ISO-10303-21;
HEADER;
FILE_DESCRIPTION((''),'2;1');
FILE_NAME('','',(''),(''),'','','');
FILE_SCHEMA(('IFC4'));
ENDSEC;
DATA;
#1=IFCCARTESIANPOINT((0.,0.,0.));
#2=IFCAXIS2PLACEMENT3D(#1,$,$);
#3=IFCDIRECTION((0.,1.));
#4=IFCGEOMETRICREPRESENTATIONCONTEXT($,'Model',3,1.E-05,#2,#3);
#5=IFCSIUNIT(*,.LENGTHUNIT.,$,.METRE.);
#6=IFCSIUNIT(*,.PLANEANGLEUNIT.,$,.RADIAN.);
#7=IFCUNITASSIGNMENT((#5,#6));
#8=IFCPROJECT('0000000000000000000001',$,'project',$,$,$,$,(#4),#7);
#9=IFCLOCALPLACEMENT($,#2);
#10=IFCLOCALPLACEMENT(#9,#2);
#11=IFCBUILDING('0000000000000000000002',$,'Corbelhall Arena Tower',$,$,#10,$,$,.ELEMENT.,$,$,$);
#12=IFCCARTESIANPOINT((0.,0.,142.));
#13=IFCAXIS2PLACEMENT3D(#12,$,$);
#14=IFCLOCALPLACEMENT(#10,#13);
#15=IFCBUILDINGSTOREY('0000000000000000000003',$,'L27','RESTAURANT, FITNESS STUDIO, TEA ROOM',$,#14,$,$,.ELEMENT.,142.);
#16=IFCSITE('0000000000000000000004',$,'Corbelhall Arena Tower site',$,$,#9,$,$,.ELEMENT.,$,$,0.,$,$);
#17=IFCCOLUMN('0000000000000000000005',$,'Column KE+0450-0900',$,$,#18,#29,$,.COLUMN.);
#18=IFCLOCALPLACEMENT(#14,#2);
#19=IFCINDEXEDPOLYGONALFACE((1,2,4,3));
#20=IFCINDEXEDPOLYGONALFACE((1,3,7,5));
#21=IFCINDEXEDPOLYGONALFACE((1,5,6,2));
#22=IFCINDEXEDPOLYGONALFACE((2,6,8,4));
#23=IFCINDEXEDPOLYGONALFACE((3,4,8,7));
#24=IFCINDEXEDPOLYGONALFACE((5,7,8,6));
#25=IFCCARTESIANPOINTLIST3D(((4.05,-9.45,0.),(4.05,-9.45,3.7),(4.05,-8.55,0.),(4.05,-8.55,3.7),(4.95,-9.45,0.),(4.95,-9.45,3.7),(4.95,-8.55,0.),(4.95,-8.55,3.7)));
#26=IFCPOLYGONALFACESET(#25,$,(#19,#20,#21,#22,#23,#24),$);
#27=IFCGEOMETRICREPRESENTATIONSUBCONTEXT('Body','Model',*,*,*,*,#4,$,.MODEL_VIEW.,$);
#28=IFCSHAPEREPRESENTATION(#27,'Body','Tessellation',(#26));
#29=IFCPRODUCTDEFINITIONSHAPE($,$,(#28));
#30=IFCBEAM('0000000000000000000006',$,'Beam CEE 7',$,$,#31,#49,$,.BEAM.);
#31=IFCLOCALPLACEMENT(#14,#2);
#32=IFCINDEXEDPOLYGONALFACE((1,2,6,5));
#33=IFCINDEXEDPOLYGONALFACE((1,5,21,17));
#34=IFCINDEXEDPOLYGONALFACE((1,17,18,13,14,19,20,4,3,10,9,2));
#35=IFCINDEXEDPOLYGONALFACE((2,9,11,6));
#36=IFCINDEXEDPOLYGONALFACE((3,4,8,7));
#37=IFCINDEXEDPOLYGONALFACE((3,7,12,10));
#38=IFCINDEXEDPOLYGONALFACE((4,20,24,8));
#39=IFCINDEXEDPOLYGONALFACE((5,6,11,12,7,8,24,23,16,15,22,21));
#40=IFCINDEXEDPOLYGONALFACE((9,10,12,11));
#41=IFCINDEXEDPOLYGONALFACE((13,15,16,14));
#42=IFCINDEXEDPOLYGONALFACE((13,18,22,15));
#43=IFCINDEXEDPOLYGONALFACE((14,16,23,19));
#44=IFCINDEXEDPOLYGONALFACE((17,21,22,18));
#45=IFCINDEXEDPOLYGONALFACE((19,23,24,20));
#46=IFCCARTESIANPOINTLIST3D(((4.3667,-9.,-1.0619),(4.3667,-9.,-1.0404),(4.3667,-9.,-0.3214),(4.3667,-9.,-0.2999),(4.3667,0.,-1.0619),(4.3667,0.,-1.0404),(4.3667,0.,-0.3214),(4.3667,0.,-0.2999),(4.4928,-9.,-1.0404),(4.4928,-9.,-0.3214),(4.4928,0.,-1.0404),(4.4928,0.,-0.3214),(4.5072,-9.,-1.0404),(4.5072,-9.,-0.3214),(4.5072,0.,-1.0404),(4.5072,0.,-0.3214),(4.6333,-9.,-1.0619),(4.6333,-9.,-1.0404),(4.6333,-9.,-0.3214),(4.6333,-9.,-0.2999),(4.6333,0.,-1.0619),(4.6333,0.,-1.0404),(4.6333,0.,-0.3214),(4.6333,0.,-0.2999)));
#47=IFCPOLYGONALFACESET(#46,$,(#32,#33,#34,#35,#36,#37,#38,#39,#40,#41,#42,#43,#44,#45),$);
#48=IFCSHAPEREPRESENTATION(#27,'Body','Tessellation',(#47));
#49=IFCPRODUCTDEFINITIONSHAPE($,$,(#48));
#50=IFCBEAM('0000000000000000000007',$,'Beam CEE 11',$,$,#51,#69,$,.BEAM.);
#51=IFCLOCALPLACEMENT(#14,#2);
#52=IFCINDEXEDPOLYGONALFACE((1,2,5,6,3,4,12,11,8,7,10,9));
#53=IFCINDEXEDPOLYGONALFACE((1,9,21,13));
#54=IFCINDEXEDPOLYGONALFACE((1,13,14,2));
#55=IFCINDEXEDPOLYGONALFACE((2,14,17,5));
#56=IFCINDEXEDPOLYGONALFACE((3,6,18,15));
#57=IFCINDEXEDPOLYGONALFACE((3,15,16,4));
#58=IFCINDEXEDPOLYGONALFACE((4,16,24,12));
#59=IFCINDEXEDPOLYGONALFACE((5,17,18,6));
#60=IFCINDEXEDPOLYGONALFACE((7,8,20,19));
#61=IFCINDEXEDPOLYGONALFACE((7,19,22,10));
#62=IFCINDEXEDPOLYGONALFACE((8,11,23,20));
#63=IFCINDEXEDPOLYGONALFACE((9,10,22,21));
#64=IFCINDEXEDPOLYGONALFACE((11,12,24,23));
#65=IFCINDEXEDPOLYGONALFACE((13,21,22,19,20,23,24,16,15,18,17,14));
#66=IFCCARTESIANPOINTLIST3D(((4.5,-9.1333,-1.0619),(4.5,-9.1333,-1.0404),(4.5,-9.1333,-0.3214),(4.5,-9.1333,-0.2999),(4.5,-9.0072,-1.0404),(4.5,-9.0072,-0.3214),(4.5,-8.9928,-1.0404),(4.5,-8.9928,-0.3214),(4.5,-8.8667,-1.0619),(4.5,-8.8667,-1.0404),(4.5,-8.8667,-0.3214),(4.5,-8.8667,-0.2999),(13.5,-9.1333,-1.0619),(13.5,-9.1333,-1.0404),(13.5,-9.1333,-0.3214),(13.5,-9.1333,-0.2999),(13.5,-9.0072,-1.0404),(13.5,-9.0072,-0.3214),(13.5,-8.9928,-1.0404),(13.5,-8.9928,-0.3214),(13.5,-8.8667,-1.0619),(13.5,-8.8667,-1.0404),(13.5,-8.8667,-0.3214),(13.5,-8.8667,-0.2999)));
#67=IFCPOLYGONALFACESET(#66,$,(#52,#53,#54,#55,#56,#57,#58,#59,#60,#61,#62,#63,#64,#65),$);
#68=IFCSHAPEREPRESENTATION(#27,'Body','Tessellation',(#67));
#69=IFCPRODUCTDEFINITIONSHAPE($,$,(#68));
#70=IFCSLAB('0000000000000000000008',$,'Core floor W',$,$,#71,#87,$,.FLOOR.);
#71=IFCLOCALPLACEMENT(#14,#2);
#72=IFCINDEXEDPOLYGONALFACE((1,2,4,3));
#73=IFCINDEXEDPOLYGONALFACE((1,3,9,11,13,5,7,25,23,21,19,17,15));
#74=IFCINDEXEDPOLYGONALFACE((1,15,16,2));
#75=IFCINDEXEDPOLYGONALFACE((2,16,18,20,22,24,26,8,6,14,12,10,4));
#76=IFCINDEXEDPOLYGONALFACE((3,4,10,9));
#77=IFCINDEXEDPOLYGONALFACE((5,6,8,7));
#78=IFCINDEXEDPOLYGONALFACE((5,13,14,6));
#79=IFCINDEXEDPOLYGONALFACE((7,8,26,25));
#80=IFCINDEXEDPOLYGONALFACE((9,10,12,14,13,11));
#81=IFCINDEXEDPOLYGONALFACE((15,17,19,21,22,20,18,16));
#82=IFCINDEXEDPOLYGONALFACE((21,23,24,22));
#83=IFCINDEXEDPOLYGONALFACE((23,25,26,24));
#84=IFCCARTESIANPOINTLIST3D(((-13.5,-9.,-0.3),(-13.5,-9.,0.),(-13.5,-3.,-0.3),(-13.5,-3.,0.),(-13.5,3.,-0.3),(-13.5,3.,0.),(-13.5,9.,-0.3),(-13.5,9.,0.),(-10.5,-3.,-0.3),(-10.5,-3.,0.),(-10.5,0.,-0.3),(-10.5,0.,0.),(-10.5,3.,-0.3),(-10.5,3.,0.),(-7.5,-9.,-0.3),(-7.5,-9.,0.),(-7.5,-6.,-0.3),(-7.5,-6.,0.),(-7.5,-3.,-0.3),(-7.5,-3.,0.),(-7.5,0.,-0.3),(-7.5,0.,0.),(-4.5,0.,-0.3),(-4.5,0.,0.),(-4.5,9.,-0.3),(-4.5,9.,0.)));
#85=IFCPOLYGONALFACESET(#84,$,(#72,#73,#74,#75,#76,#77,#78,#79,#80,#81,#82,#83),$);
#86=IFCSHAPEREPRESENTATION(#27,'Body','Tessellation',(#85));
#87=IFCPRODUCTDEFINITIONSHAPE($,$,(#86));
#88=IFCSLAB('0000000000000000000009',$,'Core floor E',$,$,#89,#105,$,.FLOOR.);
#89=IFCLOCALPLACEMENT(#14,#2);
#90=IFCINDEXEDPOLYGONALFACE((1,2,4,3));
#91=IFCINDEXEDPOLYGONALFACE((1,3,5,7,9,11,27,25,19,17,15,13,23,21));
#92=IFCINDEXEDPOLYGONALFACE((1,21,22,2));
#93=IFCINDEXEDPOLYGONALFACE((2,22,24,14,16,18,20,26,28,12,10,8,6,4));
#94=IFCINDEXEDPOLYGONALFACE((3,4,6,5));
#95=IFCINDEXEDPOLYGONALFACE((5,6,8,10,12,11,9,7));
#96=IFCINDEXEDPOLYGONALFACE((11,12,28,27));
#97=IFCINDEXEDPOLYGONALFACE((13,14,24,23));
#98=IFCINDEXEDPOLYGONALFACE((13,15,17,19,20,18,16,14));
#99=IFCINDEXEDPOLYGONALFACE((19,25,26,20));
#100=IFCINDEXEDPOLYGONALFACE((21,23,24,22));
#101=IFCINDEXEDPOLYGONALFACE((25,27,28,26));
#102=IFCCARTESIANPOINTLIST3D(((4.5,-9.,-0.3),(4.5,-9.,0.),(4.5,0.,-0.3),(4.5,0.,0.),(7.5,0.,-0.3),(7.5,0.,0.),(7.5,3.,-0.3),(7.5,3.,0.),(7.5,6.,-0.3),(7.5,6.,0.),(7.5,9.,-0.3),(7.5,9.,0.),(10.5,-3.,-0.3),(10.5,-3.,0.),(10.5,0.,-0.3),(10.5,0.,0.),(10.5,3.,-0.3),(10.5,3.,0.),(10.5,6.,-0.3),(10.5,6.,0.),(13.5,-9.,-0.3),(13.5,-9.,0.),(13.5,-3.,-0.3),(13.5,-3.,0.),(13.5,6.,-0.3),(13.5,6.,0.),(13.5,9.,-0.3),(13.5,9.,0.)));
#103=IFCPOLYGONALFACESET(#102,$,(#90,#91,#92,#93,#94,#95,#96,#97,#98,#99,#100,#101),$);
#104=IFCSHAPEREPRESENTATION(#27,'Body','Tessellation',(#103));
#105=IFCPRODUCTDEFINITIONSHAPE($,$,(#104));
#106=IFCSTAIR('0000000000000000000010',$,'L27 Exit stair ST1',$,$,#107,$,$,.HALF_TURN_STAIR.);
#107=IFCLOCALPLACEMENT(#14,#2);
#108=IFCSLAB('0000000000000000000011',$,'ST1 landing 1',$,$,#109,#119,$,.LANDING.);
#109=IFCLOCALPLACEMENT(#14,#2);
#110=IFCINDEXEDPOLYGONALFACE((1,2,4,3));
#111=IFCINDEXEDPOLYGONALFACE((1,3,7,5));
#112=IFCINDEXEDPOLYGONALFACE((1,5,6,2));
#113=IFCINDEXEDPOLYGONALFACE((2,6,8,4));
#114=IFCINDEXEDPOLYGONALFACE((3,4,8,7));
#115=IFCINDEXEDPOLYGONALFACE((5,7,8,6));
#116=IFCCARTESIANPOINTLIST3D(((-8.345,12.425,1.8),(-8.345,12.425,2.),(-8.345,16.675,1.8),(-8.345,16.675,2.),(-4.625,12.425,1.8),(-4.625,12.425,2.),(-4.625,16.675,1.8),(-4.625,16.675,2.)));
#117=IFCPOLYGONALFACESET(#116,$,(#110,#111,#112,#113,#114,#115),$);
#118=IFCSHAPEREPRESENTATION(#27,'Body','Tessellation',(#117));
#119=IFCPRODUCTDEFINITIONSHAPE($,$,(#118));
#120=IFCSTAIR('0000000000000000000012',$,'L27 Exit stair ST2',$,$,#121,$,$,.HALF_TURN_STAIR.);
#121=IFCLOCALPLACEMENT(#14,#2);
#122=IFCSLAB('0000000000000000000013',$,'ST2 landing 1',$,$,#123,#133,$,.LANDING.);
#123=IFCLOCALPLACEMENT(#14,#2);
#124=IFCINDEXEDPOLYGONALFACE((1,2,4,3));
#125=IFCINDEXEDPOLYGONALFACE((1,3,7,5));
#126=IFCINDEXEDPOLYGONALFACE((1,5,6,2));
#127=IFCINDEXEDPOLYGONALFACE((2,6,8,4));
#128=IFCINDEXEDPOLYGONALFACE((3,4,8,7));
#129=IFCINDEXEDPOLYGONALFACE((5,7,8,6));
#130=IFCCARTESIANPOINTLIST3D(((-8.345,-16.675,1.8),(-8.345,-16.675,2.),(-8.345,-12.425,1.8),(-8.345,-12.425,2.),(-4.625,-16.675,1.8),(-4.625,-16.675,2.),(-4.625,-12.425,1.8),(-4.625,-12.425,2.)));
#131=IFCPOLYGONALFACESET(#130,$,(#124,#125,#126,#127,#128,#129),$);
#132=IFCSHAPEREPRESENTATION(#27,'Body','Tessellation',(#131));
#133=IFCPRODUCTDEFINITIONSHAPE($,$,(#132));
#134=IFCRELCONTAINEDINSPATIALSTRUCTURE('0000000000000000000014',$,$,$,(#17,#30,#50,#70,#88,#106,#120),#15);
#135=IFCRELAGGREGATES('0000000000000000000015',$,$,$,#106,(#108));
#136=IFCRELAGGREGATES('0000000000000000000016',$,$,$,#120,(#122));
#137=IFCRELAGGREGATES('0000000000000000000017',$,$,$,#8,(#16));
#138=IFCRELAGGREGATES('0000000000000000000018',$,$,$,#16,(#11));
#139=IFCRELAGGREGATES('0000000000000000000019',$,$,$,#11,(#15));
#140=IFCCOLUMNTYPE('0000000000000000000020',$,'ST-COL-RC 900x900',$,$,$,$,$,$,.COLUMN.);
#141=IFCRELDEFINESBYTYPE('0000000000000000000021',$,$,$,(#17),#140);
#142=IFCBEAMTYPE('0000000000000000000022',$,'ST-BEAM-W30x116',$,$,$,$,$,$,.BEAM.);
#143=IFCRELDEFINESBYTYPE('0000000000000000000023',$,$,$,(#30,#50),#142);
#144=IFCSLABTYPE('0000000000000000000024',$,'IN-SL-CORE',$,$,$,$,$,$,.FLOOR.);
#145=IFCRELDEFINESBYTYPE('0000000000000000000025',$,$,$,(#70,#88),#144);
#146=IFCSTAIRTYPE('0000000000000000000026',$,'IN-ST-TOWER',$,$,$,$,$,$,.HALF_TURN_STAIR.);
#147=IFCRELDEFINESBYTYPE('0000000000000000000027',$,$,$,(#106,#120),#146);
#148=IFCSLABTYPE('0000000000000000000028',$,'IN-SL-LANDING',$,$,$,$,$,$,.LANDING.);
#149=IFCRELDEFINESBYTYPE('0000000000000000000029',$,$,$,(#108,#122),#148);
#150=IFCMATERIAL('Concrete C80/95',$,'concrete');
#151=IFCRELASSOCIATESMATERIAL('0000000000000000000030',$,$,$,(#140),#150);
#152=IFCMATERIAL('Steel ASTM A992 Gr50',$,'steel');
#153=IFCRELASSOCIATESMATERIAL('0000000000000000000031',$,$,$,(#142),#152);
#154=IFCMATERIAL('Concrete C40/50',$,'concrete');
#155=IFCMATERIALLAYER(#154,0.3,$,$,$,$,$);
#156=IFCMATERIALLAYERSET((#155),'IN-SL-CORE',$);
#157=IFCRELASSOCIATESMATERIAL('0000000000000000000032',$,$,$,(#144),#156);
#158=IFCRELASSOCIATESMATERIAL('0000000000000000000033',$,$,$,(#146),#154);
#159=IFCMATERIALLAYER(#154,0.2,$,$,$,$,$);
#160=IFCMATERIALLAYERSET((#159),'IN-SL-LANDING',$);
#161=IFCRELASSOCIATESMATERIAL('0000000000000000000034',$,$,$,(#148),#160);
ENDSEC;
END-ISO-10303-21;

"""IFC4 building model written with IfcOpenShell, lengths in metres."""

from ifc_helpers import new_model, si_unit, direction, frame, origin, origin_2d, place, context, subcontext, project, spatial, polyline, rectangle, i_section, outline, extrude, material, layer, layer_set, material_profile, profile_set, type_object, element, aggregate, save


model = new_model("IFC4")

# Units and contexts
model_context = context("Model", 3, precision=1e-05, world=origin(), true_north=direction((0.0, 1.0)))
body_context = subcontext(model_context, "Body", "Model", "MODEL_VIEW")
ifc_project = project(units=[si_unit("LENGTHUNIT", "METRE"), si_unit("PLANEANGLEUNIT", "RADIAN")], contexts=[model_context])

# Site, building, storey
site_placement = place(None, origin())
site = spatial("IfcSite", under=ifc_project, at=site_placement, Name="Corbelhall Arena Tower site", CompositionType="ELEMENT", RefElevation=0.0)
building_placement = place(site_placement, origin())
building = spatial("IfcBuilding", under=site, at=building_placement, Name="Corbelhall Arena Tower", CompositionType="ELEMENT")
storey_placement = place(building_placement, frame((0.0, 0.0, 142.0)))
storey = spatial("IfcBuildingStorey", under=building, at=storey_placement, Name="L27", Description="RESTAURANT, FITNESS STUDIO, TEA ROOM", CompositionType="ELEMENT", Elevation=142.0)

# Column
ifc_material_1 = material(Name="Concrete C80/95", Category="concrete")
ifc_material_profile_1 = material_profile(ifc_material_1, rectangle(XDim=0.8999, YDim=0.8999, at=origin_2d()))
ifc_profile_set_1 = profile_set([ifc_material_profile_1], Name="Concrete C80/95")
column_type = type_object("IfcColumnType", Name="ST-COL-RC 900x900", PredefinedType="COLUMN", material=ifc_profile_set_1)
column_placement = place(storey_placement, frame((4.5, -9.0, 0.0), z_axis=(0.0, 0.0, 1.0), x_axis=(1.0, 0.0, 0.0)))
element("IfcColumn", 1, at=column_placement, inside=storey, type_object=column_type, Name="Column KE+0450-0900", PredefinedType="COLUMN", context=body_context, shape_type="SweptSolid", body=[
    extrude(rectangle(XDim=0.8999, YDim=0.8999, at=origin_2d()), origin(), (0.0, 0.0, 1.0), 3.7),
])

# Beams
ifc_material_2 = material(Name="Steel ASTM A992 Gr50", Category="steel")
ifc_material_profile_2 = material_profile(ifc_material_2, i_section(OverallWidth=0.2666, OverallDepth=0.762, WebThickness=0.0144, FlangeThickness=0.0215, at=origin_2d()))
ifc_profile_set_2 = profile_set([ifc_material_profile_2], Name="Steel ASTM A992 Gr50")
beam_type = type_object("IfcBeamType", Name="ST-BEAM-W30x116", PredefinedType="BEAM", material=ifc_profile_set_2)
for number, where, z_axis, x_axis, name in (
    (2, (4.5, -9.0, -0.6809), (0.0, 1.0, 0.0), (-1.0, 0.0, 0.0), "Beam CEE 7"),
    (3, (4.5, -9.0, -0.6809), (1.0, 0.0, 0.0), (0.0, 1.0, 0.0), "Beam CEE 11"),
):
    element("IfcBeam", number, at=place(storey_placement, frame(where, z_axis=z_axis, x_axis=x_axis)), inside=storey, type_object=beam_type, Name=name, PredefinedType="BEAM", context=body_context, shape_type="SweptSolid", body=[
        extrude(i_section(OverallWidth=0.2666, OverallDepth=0.762, WebThickness=0.0144, FlangeThickness=0.0215, at=origin_2d()), origin(), (0.0, 0.0, 1.0), 9.0),
    ])

# Slabs
ifc_material_3 = material(Name="Concrete C40/50", Category="concrete")
ifc_layer_1 = layer(ifc_material_3, 0.3)
ifc_layer_set_1 = layer_set([ifc_layer_1], Name="IN-SL-CORE")
slab_type_1 = type_object("IfcSlabType", Name="IN-SL-CORE", PredefinedType="FLOOR", material=ifc_layer_set_1)
slab_1_placement = place(storey_placement, frame((0.0, 0.0, -0.3)))
element("IfcSlab", 4, at=slab_1_placement, inside=storey, type_object=slab_type_1, Name="Core floor W", PredefinedType="FLOOR", context=body_context, shape_type="SweptSolid", body=[
    extrude(outline(polyline([(-7.5, 0.0), (-4.5, 0.0), (-4.5, 9.0), (-13.5, 9.0), (-13.5, 3.0), (-10.5, 3.0), (-10.5, 0.0), (-10.5, -3.0), (-13.5, -3.0), (-13.5, -9.0), (-7.5, -9.0), (-7.5, -6.0), (-7.5, -3.0), (-7.5, 0.0)])), origin(), (0.0, 0.0, 1.0), 0.3),
])
slab_2_placement = place(storey_placement, frame((0.0, 0.0, -0.3)))
element("IfcSlab", 5, at=slab_2_placement, inside=storey, type_object=slab_type_1, Name="Core floor E", PredefinedType="FLOOR", context=body_context, shape_type="SweptSolid", body=[
    extrude(outline(polyline([(7.5, 0.0), (4.5, 0.0), (4.5, -9.0), (13.5, -9.0), (13.5, -3.0), (10.5, -3.0), (10.5, 0.0), (10.5, 3.0), (10.5, 6.0), (13.5, 6.0), (13.5, 9.0), (7.5, 9.0), (7.5, 6.0), (7.5, 3.0), (7.5, 0.0)])), origin(), (0.0, 0.0, 1.0), 0.3),
])

# Stairs, slabs
stair_type = type_object("IfcStairType", Name="IN-ST-TOWER", PredefinedType="HALF_TURN_STAIR", material=ifc_material_3)
stair_1_placement = place(storey_placement, origin())
stair_1 = element("IfcStair", 6, at=stair_1_placement, inside=storey, type_object=stair_type, Name="L27 Exit stair ST1", PredefinedType="HALF_TURN_STAIR")
ifc_layer_2 = layer(ifc_material_3, 0.2)
ifc_layer_set_2 = layer_set([ifc_layer_2], Name="IN-SL-LANDING")
slab_type_2 = type_object("IfcSlabType", Name="IN-SL-LANDING", PredefinedType="LANDING", material=ifc_layer_set_2)
slab_3_placement = place(storey_placement, frame((0.0, 0.0, 1.8)))
slab_3 = element("IfcSlab", 7, at=slab_3_placement, type_object=slab_type_2, Name="ST1 landing 1", PredefinedType="LANDING", context=body_context, shape_type="SweptSolid", body=[
    extrude(outline(polyline([(-8.345, 12.425), (-4.625, 12.425), (-4.625, 16.675), (-8.345, 16.675), (-8.345, 12.425)])), origin(), (0.0, 0.0, 1.0), 0.2),
])
aggregate(stair_1, [slab_3])
stair_2_placement = place(storey_placement, origin())
stair_2 = element("IfcStair", 8, at=stair_2_placement, inside=storey, type_object=stair_type, Name="L27 Exit stair ST2", PredefinedType="HALF_TURN_STAIR")
slab_4_placement = place(storey_placement, frame((0.0, 0.0, 1.8)))
slab_4 = element("IfcSlab", 9, at=slab_4_placement, type_object=slab_type_2, Name="ST2 landing 1", PredefinedType="LANDING", context=body_context, shape_type="SweptSolid", body=[
    extrude(outline(polyline([(-8.345, -16.675), (-4.625, -16.675), (-4.625, -12.425), (-8.345, -12.425), (-8.345, -16.675)])), origin(), (0.0, 0.0, 1.0), 0.2),
])
aggregate(stair_2, [slab_4])

save(model, "model.ifc")
